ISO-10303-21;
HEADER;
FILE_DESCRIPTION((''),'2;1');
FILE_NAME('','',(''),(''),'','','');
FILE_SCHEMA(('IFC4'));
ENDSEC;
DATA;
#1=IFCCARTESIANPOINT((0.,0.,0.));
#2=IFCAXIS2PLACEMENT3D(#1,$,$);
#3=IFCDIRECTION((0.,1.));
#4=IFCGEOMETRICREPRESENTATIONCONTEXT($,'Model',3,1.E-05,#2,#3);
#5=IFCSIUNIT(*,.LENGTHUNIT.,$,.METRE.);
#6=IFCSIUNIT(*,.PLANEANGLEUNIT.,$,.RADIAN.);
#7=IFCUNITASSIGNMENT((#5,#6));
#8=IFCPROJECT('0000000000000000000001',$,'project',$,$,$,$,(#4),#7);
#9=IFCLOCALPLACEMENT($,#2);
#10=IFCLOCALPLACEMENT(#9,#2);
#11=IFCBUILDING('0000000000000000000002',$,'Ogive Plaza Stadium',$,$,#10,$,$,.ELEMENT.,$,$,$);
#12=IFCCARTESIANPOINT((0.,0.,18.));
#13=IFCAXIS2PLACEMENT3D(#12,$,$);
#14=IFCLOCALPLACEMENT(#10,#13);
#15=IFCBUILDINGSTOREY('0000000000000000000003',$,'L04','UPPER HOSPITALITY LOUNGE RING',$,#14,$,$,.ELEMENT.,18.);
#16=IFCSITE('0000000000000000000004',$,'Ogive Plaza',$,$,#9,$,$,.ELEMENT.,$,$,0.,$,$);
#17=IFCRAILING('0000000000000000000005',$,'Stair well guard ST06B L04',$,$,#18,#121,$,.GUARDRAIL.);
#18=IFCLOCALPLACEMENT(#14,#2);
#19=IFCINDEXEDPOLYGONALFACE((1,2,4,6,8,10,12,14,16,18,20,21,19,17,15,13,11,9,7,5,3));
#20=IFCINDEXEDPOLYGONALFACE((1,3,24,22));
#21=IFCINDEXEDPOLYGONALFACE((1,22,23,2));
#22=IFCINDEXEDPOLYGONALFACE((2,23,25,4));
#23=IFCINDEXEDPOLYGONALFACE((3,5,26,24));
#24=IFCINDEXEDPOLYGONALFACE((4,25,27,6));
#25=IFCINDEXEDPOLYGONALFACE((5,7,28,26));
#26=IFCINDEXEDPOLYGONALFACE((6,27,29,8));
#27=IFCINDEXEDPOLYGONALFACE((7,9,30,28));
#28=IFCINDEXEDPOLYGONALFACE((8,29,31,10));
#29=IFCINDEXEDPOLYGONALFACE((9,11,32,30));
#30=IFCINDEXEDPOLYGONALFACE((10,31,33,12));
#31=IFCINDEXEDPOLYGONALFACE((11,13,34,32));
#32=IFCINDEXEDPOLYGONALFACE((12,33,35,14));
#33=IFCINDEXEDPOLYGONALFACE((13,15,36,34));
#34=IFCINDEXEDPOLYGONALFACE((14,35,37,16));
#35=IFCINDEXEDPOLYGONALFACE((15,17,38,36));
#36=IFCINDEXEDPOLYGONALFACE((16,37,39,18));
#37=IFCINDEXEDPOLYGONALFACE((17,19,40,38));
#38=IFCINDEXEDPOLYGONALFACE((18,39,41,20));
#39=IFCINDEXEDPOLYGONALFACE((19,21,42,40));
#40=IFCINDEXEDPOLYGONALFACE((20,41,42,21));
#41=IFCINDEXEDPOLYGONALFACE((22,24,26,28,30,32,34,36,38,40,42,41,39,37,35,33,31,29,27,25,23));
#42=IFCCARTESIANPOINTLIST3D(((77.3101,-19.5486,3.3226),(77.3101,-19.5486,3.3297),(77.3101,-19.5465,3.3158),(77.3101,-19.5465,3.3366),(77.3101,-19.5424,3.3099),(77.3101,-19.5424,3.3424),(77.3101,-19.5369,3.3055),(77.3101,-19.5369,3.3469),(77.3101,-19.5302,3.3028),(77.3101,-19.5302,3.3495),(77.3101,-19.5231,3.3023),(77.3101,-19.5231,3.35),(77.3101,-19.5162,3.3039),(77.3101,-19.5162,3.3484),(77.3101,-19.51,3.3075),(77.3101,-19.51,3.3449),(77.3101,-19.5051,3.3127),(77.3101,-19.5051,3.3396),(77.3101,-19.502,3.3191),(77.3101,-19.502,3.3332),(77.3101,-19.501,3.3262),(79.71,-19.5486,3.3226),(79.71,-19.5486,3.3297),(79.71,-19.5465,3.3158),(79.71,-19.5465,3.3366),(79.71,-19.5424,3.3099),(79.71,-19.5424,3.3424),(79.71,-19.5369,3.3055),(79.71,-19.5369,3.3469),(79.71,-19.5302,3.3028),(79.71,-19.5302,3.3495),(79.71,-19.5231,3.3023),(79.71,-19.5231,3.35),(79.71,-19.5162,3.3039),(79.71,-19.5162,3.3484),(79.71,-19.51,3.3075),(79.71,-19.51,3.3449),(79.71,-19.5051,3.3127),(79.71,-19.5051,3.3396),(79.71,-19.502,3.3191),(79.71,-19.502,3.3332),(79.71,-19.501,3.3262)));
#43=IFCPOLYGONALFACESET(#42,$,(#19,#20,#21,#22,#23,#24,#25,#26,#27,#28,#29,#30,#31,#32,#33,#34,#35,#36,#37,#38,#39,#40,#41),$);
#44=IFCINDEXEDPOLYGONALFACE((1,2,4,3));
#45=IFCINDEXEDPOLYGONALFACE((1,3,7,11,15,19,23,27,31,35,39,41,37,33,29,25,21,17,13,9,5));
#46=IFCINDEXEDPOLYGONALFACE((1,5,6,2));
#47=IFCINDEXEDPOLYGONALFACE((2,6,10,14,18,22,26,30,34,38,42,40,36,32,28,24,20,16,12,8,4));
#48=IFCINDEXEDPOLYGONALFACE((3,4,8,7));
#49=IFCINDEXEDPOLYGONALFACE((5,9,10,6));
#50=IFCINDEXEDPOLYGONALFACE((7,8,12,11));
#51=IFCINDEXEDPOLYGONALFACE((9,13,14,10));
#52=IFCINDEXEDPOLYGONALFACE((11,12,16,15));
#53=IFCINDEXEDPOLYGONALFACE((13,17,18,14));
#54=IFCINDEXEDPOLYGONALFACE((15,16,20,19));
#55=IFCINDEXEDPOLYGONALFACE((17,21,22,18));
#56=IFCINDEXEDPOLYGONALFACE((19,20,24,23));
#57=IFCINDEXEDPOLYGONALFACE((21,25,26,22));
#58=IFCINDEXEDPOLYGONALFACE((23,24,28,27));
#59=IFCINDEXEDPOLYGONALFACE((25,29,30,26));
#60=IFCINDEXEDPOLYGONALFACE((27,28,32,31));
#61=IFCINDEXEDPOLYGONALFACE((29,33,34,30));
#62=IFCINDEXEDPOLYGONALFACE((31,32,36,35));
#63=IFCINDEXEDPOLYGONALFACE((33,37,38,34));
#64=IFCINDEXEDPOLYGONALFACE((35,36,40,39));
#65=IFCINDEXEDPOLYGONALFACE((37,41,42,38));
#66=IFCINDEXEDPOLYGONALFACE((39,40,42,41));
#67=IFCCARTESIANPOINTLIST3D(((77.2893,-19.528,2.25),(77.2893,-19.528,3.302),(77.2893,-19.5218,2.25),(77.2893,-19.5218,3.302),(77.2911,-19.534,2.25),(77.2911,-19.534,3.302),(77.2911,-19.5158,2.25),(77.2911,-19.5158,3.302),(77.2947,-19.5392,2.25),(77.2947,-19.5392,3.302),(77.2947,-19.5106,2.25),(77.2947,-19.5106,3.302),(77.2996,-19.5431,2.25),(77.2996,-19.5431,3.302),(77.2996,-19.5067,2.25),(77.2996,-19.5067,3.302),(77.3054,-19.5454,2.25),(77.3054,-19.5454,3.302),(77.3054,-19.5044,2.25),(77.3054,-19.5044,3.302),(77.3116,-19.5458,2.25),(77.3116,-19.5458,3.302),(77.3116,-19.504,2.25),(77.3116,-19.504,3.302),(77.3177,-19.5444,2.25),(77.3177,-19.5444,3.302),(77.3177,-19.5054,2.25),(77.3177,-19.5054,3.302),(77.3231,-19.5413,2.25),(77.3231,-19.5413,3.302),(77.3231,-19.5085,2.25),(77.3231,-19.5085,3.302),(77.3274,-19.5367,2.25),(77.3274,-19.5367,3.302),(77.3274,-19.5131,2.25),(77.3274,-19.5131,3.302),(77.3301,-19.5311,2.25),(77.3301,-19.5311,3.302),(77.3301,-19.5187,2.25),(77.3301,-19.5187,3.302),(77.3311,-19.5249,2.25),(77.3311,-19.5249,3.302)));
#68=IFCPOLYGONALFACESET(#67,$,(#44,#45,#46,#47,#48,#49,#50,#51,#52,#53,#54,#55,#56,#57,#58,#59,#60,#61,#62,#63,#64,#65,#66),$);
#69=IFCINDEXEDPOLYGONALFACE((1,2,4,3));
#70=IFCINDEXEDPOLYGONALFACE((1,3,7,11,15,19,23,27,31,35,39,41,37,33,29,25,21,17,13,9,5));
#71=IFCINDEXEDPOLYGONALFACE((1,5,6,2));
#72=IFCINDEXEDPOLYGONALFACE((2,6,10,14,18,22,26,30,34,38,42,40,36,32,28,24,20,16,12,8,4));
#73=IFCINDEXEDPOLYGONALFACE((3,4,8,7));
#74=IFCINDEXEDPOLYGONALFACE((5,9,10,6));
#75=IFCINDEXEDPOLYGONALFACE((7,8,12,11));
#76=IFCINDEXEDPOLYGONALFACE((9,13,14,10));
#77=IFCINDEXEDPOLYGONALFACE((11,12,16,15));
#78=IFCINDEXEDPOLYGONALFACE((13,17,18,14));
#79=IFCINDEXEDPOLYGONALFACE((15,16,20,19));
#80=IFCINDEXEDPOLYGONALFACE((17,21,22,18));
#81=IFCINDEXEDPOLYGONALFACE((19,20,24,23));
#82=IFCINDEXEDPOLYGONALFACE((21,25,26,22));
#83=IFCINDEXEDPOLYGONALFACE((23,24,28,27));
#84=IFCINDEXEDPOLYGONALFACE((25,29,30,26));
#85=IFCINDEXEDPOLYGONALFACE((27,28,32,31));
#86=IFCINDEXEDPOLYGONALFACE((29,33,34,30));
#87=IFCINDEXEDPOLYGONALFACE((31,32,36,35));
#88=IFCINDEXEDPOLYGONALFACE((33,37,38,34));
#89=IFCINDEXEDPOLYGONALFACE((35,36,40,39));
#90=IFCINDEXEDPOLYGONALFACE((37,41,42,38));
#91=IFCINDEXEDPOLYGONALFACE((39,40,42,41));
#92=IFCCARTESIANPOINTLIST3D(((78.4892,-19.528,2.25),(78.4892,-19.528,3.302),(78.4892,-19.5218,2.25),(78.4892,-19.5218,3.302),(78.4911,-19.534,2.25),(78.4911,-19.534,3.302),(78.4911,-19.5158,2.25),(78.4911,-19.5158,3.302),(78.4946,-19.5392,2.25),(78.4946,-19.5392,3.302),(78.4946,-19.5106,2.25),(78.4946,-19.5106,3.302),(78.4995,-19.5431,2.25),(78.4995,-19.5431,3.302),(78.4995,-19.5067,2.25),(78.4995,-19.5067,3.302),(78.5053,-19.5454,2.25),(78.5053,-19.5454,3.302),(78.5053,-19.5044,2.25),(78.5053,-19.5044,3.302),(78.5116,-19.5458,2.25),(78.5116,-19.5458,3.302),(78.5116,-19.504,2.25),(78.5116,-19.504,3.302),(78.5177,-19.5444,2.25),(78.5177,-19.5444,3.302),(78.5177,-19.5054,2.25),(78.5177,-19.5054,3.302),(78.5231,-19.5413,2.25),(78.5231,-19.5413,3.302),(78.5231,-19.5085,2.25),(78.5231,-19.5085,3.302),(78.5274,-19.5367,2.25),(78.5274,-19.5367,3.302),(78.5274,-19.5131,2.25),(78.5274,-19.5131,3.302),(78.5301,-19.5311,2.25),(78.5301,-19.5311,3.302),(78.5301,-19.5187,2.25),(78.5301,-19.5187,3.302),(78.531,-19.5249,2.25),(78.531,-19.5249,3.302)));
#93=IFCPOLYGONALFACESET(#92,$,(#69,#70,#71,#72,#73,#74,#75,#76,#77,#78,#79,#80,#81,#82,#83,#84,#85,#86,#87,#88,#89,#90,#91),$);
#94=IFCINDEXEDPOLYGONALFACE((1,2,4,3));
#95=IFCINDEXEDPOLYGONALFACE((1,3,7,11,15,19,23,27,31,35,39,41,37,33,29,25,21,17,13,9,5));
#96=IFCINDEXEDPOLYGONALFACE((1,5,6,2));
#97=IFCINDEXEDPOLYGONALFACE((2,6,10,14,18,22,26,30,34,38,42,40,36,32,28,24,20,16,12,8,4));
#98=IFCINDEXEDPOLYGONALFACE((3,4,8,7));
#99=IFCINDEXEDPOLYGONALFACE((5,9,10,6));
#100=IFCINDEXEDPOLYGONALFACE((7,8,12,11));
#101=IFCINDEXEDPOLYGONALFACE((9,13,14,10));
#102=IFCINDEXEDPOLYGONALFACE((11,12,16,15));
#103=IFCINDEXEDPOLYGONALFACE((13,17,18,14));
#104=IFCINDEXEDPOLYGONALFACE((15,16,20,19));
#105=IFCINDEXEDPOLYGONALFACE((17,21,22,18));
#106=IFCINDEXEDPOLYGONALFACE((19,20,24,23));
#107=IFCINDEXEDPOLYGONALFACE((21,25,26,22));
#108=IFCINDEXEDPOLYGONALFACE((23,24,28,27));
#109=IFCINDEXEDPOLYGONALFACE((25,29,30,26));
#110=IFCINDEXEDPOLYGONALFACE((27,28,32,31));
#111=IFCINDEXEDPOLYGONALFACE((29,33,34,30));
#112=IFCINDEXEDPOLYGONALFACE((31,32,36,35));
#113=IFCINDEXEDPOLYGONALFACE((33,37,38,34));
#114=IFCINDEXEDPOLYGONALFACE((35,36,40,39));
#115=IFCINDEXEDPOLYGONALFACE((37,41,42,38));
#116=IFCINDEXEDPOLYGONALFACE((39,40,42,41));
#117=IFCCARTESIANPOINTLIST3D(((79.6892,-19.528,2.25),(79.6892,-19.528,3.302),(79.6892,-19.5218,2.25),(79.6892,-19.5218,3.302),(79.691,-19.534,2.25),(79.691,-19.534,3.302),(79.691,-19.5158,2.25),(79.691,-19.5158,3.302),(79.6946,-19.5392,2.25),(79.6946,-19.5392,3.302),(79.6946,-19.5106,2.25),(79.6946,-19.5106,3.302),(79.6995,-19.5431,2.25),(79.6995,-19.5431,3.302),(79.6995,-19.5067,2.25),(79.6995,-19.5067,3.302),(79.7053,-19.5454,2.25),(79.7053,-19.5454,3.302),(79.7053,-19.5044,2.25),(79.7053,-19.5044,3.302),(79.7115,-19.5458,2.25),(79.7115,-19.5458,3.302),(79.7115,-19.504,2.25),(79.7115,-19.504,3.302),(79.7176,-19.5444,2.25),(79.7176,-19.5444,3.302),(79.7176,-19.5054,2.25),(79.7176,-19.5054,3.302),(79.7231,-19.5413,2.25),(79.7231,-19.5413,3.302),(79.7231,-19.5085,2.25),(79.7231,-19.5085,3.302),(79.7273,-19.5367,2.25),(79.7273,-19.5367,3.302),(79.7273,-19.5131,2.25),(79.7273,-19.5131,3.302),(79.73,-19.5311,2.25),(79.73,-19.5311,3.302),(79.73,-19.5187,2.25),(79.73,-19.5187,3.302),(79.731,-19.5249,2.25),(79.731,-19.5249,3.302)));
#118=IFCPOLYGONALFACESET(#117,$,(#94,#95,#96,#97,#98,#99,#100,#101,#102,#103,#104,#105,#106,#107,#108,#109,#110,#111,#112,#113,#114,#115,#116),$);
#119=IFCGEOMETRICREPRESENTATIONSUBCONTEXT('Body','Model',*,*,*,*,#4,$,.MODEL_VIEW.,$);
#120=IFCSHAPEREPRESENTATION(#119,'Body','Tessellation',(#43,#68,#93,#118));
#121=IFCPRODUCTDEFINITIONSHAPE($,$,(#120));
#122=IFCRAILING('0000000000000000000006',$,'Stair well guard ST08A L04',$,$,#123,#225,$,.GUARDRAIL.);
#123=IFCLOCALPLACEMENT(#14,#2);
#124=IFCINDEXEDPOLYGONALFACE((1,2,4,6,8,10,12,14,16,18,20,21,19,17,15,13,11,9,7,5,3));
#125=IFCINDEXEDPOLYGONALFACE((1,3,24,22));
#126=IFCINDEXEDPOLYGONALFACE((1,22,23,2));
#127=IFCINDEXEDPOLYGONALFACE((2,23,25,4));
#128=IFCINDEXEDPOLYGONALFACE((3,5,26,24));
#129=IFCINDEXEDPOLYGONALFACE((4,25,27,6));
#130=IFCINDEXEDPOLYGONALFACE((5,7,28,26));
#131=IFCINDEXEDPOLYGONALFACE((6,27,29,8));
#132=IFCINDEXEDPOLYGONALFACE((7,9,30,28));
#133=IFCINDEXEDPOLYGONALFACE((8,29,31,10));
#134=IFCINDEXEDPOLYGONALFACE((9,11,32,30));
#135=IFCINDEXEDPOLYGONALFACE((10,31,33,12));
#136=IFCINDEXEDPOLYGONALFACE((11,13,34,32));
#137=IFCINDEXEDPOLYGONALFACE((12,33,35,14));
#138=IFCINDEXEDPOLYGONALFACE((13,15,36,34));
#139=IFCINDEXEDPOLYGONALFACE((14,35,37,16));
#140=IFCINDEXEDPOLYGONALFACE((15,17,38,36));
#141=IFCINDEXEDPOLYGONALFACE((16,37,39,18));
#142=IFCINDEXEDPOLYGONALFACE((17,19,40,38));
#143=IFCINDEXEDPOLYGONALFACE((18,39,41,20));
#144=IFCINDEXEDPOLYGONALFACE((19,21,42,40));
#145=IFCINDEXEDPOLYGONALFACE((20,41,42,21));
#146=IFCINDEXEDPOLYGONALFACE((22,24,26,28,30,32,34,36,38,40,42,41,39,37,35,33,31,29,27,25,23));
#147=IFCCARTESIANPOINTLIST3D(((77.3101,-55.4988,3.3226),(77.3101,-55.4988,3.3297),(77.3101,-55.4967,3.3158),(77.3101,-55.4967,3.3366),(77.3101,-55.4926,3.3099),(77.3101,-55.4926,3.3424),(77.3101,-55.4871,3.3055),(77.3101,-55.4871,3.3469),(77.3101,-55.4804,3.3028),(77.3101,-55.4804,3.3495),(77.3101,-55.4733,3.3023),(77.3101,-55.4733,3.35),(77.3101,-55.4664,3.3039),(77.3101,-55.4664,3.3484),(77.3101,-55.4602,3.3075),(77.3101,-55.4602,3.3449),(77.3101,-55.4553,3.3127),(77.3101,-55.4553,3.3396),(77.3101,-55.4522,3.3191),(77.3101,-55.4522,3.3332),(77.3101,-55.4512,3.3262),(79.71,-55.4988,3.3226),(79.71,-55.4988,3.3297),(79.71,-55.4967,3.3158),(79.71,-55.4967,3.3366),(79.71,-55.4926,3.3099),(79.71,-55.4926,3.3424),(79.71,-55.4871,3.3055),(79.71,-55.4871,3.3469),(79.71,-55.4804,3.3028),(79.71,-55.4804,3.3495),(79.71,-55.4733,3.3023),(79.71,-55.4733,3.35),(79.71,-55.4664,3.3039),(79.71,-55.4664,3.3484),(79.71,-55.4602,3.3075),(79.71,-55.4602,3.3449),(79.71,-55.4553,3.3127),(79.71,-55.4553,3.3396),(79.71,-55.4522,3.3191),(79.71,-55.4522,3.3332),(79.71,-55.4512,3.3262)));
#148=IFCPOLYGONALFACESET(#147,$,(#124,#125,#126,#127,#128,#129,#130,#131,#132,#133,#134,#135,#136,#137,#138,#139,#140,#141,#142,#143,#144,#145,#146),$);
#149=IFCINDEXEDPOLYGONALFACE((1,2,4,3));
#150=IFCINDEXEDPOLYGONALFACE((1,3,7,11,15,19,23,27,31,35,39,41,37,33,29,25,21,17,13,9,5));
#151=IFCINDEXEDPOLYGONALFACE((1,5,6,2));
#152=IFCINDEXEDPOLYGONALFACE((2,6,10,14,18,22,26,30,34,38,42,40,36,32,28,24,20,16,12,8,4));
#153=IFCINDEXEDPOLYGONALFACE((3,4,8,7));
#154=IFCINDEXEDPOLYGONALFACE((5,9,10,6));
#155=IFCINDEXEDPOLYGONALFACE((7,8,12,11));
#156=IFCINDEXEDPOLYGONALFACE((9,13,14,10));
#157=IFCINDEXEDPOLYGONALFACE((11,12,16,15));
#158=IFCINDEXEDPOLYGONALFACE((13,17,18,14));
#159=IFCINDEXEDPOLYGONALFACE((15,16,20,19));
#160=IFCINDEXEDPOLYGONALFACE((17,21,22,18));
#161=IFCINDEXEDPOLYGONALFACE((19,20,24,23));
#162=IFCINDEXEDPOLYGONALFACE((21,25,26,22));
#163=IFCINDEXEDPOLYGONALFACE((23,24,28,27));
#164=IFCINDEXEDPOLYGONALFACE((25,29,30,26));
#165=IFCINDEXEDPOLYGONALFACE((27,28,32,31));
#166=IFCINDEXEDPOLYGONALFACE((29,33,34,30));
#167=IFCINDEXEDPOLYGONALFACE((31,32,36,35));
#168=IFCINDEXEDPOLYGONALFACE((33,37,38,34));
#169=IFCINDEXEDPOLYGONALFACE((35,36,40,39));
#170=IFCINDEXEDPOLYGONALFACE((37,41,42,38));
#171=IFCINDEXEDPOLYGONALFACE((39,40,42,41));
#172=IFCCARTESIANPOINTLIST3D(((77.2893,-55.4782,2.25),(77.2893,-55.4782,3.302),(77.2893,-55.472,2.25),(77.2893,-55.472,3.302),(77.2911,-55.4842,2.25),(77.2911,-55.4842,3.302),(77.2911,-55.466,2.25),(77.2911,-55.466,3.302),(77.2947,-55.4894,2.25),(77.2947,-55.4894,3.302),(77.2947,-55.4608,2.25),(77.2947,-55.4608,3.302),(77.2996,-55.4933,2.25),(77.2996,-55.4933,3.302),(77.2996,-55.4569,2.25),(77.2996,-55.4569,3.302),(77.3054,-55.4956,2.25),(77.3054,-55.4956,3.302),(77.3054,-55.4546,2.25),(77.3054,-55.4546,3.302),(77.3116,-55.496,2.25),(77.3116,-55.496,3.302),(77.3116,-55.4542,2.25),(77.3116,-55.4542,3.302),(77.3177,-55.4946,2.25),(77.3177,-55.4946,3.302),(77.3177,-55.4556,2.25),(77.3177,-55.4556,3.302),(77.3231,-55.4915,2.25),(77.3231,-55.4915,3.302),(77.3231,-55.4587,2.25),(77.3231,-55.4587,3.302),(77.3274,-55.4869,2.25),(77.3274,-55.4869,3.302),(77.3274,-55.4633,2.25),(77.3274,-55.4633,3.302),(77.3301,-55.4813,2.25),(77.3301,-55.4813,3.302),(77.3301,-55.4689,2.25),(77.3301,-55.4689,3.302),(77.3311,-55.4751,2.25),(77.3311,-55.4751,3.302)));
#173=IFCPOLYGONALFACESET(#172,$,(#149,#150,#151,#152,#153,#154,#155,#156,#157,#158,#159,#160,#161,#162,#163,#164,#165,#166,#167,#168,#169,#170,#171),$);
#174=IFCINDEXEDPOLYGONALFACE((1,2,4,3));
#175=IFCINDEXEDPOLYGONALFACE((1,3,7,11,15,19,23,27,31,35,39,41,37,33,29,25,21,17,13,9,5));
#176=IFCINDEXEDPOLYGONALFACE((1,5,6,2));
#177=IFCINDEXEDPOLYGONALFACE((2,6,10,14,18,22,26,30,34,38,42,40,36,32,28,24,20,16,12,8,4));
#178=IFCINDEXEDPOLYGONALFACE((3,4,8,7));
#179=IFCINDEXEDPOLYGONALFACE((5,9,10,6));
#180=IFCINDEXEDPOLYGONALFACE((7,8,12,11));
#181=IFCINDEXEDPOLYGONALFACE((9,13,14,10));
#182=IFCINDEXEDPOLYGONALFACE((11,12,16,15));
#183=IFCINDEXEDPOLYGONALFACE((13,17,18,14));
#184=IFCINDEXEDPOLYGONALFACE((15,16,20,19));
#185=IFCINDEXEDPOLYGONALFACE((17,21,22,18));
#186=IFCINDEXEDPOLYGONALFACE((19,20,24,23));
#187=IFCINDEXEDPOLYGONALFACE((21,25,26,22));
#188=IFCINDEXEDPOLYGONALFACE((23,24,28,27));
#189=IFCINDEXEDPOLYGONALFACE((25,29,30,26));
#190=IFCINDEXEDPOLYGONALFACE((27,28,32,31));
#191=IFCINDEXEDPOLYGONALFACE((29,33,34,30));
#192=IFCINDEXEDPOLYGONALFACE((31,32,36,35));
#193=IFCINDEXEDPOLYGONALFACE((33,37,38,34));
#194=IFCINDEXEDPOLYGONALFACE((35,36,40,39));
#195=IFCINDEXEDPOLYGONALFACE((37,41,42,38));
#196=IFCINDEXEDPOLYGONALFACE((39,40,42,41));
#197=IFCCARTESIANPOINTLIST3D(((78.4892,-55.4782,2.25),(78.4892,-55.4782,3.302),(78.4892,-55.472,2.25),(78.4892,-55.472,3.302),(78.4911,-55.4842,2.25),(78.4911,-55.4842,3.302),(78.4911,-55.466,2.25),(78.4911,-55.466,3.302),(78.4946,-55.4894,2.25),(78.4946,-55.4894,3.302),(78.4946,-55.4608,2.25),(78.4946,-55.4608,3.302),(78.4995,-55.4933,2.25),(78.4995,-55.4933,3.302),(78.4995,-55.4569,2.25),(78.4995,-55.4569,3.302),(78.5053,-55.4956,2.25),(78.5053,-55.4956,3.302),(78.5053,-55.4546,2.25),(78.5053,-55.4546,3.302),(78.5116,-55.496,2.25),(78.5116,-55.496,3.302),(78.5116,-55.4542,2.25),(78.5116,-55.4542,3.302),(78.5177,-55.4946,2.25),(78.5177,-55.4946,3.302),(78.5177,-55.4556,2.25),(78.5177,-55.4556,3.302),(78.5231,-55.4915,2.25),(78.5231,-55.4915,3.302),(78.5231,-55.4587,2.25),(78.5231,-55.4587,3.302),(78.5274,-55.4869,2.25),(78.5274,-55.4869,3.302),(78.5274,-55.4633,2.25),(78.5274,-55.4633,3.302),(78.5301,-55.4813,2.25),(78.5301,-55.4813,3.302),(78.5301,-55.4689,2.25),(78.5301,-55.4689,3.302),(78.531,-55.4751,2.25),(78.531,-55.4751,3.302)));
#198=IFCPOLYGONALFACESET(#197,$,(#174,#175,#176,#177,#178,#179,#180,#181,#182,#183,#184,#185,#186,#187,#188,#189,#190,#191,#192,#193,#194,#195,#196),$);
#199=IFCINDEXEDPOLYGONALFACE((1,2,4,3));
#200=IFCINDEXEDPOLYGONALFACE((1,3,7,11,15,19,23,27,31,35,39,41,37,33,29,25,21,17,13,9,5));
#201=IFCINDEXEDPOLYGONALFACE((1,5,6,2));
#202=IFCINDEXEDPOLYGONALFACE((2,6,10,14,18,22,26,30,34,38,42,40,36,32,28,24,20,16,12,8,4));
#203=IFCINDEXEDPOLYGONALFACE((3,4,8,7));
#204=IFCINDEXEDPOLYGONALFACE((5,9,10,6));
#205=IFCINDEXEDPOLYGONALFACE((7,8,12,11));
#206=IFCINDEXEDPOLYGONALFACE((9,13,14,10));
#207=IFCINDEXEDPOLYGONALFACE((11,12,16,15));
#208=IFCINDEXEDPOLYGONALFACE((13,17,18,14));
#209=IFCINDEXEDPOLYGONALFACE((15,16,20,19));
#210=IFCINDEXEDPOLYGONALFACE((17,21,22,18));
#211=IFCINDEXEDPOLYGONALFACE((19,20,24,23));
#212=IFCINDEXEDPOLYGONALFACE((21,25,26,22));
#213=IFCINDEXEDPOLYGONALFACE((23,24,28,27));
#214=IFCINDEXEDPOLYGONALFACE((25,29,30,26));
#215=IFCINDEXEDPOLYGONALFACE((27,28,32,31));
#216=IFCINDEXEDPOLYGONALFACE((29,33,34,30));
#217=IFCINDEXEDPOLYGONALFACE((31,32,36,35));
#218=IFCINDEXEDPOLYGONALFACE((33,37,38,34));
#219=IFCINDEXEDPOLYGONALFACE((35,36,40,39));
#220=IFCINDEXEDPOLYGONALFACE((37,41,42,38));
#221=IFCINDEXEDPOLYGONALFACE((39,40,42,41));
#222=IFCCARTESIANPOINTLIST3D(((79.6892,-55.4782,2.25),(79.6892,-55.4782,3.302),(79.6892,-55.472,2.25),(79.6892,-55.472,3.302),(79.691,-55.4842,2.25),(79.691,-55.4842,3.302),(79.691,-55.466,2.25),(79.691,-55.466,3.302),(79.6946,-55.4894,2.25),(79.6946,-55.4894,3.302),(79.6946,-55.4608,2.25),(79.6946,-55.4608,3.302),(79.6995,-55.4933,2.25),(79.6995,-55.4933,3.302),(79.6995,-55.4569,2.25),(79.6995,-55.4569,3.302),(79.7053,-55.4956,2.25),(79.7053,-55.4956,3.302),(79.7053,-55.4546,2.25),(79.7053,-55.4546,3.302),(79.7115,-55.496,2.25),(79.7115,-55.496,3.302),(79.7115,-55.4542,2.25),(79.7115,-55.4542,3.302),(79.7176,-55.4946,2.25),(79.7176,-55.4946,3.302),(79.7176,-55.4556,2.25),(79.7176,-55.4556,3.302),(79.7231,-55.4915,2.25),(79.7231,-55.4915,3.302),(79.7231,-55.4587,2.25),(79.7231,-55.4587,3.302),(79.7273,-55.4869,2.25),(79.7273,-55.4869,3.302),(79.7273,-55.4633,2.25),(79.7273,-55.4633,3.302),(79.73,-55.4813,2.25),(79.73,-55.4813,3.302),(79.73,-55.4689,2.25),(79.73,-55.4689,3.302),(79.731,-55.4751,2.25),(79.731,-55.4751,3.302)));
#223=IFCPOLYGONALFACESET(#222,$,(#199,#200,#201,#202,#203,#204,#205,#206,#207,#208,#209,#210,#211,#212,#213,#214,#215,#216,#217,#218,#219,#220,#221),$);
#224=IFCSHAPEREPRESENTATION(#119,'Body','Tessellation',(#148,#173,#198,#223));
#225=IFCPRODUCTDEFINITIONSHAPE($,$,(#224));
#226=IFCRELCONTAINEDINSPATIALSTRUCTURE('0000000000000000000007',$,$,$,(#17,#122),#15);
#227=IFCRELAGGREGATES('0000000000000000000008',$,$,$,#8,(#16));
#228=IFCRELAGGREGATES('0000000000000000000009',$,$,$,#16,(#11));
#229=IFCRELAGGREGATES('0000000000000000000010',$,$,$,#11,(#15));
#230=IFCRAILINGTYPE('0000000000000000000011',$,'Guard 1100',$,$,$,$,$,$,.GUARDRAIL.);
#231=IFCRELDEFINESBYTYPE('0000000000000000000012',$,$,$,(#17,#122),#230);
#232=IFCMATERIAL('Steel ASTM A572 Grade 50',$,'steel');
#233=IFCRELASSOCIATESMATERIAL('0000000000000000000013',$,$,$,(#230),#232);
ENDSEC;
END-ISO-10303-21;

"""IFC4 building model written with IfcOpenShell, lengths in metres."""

from ifc_helpers import new_model, si_unit, direction, frame, origin, origin_2d, place, context, subcontext, project, spatial, circle, extrude, material, type_object, element, save


model = new_model("IFC4")

# Units and contexts
model_context = context("Model", 3, precision=1e-05, world=origin(), true_north=direction((0.0, 1.0)))
body_context = subcontext(model_context, "Body", "Model", "MODEL_VIEW")
ifc_project = project(units=[si_unit("LENGTHUNIT", "METRE"), si_unit("PLANEANGLEUNIT", "RADIAN")], contexts=[model_context])

# Site, building, storey
site_placement = place(None, origin())
site = spatial("IfcSite", under=ifc_project, at=site_placement, Name="Ogive Plaza", CompositionType="ELEMENT", RefElevation=0.0)
building_placement = place(site_placement, origin())
building = spatial("IfcBuilding", under=site, at=building_placement, Name="Ogive Plaza Stadium", CompositionType="ELEMENT")
storey_placement = place(building_placement, frame((0.0, 0.0, 18.0)))
storey = spatial("IfcBuildingStorey", under=building, at=storey_placement, Name="L04", Description="UPPER HOSPITALITY LOUNGE RING", CompositionType="ELEMENT", Elevation=18.0)

# Railings
ifc_material_1 = material(Name="Steel ASTM A572 Grade 50", Category="steel")
railing_type_1 = type_object("IfcRailingType", Name="Guard 1100", PredefinedType="GUARDRAIL", material=ifc_material_1)
for number, where, name in (
    (1, (77.3101, -19.5249, 2.25), "Stair well guard ST06B L04"),
    (2, (77.3101, -55.4751, 2.25), "Stair well guard ST08A L04"),
):
    element("IfcRailing", number, at=place(storey_placement, frame(where)), inside=storey, type_object=railing_type_1, Name=name, PredefinedType="GUARDRAIL", context=body_context, shape_type="SweptSolid", body=[
        extrude(circle(Radius=0.0239, at=origin_2d()), frame((0.0, 0.0, 1.0762), z_axis=(1.0, 0.0, 0.0), x_axis=(0.0, 1.0, 0.0)), (0.0, 0.0, 1.0), 2.3999),
        extrude(circle(Radius=0.021, at=origin_2d()), origin(), (0.0, 0.0, 1.0), 1.052),
        extrude(circle(Radius=0.021, at=origin_2d()), frame((1.2, 0.0, 0.0)), (0.0, 0.0, 1.0), 1.052),
        extrude(circle(Radius=0.021, at=origin_2d()), frame((2.3999, 0.0, 0.0)), (0.0, 0.0, 1.0), 1.052),
    ])

save(model, "model.ifc")
